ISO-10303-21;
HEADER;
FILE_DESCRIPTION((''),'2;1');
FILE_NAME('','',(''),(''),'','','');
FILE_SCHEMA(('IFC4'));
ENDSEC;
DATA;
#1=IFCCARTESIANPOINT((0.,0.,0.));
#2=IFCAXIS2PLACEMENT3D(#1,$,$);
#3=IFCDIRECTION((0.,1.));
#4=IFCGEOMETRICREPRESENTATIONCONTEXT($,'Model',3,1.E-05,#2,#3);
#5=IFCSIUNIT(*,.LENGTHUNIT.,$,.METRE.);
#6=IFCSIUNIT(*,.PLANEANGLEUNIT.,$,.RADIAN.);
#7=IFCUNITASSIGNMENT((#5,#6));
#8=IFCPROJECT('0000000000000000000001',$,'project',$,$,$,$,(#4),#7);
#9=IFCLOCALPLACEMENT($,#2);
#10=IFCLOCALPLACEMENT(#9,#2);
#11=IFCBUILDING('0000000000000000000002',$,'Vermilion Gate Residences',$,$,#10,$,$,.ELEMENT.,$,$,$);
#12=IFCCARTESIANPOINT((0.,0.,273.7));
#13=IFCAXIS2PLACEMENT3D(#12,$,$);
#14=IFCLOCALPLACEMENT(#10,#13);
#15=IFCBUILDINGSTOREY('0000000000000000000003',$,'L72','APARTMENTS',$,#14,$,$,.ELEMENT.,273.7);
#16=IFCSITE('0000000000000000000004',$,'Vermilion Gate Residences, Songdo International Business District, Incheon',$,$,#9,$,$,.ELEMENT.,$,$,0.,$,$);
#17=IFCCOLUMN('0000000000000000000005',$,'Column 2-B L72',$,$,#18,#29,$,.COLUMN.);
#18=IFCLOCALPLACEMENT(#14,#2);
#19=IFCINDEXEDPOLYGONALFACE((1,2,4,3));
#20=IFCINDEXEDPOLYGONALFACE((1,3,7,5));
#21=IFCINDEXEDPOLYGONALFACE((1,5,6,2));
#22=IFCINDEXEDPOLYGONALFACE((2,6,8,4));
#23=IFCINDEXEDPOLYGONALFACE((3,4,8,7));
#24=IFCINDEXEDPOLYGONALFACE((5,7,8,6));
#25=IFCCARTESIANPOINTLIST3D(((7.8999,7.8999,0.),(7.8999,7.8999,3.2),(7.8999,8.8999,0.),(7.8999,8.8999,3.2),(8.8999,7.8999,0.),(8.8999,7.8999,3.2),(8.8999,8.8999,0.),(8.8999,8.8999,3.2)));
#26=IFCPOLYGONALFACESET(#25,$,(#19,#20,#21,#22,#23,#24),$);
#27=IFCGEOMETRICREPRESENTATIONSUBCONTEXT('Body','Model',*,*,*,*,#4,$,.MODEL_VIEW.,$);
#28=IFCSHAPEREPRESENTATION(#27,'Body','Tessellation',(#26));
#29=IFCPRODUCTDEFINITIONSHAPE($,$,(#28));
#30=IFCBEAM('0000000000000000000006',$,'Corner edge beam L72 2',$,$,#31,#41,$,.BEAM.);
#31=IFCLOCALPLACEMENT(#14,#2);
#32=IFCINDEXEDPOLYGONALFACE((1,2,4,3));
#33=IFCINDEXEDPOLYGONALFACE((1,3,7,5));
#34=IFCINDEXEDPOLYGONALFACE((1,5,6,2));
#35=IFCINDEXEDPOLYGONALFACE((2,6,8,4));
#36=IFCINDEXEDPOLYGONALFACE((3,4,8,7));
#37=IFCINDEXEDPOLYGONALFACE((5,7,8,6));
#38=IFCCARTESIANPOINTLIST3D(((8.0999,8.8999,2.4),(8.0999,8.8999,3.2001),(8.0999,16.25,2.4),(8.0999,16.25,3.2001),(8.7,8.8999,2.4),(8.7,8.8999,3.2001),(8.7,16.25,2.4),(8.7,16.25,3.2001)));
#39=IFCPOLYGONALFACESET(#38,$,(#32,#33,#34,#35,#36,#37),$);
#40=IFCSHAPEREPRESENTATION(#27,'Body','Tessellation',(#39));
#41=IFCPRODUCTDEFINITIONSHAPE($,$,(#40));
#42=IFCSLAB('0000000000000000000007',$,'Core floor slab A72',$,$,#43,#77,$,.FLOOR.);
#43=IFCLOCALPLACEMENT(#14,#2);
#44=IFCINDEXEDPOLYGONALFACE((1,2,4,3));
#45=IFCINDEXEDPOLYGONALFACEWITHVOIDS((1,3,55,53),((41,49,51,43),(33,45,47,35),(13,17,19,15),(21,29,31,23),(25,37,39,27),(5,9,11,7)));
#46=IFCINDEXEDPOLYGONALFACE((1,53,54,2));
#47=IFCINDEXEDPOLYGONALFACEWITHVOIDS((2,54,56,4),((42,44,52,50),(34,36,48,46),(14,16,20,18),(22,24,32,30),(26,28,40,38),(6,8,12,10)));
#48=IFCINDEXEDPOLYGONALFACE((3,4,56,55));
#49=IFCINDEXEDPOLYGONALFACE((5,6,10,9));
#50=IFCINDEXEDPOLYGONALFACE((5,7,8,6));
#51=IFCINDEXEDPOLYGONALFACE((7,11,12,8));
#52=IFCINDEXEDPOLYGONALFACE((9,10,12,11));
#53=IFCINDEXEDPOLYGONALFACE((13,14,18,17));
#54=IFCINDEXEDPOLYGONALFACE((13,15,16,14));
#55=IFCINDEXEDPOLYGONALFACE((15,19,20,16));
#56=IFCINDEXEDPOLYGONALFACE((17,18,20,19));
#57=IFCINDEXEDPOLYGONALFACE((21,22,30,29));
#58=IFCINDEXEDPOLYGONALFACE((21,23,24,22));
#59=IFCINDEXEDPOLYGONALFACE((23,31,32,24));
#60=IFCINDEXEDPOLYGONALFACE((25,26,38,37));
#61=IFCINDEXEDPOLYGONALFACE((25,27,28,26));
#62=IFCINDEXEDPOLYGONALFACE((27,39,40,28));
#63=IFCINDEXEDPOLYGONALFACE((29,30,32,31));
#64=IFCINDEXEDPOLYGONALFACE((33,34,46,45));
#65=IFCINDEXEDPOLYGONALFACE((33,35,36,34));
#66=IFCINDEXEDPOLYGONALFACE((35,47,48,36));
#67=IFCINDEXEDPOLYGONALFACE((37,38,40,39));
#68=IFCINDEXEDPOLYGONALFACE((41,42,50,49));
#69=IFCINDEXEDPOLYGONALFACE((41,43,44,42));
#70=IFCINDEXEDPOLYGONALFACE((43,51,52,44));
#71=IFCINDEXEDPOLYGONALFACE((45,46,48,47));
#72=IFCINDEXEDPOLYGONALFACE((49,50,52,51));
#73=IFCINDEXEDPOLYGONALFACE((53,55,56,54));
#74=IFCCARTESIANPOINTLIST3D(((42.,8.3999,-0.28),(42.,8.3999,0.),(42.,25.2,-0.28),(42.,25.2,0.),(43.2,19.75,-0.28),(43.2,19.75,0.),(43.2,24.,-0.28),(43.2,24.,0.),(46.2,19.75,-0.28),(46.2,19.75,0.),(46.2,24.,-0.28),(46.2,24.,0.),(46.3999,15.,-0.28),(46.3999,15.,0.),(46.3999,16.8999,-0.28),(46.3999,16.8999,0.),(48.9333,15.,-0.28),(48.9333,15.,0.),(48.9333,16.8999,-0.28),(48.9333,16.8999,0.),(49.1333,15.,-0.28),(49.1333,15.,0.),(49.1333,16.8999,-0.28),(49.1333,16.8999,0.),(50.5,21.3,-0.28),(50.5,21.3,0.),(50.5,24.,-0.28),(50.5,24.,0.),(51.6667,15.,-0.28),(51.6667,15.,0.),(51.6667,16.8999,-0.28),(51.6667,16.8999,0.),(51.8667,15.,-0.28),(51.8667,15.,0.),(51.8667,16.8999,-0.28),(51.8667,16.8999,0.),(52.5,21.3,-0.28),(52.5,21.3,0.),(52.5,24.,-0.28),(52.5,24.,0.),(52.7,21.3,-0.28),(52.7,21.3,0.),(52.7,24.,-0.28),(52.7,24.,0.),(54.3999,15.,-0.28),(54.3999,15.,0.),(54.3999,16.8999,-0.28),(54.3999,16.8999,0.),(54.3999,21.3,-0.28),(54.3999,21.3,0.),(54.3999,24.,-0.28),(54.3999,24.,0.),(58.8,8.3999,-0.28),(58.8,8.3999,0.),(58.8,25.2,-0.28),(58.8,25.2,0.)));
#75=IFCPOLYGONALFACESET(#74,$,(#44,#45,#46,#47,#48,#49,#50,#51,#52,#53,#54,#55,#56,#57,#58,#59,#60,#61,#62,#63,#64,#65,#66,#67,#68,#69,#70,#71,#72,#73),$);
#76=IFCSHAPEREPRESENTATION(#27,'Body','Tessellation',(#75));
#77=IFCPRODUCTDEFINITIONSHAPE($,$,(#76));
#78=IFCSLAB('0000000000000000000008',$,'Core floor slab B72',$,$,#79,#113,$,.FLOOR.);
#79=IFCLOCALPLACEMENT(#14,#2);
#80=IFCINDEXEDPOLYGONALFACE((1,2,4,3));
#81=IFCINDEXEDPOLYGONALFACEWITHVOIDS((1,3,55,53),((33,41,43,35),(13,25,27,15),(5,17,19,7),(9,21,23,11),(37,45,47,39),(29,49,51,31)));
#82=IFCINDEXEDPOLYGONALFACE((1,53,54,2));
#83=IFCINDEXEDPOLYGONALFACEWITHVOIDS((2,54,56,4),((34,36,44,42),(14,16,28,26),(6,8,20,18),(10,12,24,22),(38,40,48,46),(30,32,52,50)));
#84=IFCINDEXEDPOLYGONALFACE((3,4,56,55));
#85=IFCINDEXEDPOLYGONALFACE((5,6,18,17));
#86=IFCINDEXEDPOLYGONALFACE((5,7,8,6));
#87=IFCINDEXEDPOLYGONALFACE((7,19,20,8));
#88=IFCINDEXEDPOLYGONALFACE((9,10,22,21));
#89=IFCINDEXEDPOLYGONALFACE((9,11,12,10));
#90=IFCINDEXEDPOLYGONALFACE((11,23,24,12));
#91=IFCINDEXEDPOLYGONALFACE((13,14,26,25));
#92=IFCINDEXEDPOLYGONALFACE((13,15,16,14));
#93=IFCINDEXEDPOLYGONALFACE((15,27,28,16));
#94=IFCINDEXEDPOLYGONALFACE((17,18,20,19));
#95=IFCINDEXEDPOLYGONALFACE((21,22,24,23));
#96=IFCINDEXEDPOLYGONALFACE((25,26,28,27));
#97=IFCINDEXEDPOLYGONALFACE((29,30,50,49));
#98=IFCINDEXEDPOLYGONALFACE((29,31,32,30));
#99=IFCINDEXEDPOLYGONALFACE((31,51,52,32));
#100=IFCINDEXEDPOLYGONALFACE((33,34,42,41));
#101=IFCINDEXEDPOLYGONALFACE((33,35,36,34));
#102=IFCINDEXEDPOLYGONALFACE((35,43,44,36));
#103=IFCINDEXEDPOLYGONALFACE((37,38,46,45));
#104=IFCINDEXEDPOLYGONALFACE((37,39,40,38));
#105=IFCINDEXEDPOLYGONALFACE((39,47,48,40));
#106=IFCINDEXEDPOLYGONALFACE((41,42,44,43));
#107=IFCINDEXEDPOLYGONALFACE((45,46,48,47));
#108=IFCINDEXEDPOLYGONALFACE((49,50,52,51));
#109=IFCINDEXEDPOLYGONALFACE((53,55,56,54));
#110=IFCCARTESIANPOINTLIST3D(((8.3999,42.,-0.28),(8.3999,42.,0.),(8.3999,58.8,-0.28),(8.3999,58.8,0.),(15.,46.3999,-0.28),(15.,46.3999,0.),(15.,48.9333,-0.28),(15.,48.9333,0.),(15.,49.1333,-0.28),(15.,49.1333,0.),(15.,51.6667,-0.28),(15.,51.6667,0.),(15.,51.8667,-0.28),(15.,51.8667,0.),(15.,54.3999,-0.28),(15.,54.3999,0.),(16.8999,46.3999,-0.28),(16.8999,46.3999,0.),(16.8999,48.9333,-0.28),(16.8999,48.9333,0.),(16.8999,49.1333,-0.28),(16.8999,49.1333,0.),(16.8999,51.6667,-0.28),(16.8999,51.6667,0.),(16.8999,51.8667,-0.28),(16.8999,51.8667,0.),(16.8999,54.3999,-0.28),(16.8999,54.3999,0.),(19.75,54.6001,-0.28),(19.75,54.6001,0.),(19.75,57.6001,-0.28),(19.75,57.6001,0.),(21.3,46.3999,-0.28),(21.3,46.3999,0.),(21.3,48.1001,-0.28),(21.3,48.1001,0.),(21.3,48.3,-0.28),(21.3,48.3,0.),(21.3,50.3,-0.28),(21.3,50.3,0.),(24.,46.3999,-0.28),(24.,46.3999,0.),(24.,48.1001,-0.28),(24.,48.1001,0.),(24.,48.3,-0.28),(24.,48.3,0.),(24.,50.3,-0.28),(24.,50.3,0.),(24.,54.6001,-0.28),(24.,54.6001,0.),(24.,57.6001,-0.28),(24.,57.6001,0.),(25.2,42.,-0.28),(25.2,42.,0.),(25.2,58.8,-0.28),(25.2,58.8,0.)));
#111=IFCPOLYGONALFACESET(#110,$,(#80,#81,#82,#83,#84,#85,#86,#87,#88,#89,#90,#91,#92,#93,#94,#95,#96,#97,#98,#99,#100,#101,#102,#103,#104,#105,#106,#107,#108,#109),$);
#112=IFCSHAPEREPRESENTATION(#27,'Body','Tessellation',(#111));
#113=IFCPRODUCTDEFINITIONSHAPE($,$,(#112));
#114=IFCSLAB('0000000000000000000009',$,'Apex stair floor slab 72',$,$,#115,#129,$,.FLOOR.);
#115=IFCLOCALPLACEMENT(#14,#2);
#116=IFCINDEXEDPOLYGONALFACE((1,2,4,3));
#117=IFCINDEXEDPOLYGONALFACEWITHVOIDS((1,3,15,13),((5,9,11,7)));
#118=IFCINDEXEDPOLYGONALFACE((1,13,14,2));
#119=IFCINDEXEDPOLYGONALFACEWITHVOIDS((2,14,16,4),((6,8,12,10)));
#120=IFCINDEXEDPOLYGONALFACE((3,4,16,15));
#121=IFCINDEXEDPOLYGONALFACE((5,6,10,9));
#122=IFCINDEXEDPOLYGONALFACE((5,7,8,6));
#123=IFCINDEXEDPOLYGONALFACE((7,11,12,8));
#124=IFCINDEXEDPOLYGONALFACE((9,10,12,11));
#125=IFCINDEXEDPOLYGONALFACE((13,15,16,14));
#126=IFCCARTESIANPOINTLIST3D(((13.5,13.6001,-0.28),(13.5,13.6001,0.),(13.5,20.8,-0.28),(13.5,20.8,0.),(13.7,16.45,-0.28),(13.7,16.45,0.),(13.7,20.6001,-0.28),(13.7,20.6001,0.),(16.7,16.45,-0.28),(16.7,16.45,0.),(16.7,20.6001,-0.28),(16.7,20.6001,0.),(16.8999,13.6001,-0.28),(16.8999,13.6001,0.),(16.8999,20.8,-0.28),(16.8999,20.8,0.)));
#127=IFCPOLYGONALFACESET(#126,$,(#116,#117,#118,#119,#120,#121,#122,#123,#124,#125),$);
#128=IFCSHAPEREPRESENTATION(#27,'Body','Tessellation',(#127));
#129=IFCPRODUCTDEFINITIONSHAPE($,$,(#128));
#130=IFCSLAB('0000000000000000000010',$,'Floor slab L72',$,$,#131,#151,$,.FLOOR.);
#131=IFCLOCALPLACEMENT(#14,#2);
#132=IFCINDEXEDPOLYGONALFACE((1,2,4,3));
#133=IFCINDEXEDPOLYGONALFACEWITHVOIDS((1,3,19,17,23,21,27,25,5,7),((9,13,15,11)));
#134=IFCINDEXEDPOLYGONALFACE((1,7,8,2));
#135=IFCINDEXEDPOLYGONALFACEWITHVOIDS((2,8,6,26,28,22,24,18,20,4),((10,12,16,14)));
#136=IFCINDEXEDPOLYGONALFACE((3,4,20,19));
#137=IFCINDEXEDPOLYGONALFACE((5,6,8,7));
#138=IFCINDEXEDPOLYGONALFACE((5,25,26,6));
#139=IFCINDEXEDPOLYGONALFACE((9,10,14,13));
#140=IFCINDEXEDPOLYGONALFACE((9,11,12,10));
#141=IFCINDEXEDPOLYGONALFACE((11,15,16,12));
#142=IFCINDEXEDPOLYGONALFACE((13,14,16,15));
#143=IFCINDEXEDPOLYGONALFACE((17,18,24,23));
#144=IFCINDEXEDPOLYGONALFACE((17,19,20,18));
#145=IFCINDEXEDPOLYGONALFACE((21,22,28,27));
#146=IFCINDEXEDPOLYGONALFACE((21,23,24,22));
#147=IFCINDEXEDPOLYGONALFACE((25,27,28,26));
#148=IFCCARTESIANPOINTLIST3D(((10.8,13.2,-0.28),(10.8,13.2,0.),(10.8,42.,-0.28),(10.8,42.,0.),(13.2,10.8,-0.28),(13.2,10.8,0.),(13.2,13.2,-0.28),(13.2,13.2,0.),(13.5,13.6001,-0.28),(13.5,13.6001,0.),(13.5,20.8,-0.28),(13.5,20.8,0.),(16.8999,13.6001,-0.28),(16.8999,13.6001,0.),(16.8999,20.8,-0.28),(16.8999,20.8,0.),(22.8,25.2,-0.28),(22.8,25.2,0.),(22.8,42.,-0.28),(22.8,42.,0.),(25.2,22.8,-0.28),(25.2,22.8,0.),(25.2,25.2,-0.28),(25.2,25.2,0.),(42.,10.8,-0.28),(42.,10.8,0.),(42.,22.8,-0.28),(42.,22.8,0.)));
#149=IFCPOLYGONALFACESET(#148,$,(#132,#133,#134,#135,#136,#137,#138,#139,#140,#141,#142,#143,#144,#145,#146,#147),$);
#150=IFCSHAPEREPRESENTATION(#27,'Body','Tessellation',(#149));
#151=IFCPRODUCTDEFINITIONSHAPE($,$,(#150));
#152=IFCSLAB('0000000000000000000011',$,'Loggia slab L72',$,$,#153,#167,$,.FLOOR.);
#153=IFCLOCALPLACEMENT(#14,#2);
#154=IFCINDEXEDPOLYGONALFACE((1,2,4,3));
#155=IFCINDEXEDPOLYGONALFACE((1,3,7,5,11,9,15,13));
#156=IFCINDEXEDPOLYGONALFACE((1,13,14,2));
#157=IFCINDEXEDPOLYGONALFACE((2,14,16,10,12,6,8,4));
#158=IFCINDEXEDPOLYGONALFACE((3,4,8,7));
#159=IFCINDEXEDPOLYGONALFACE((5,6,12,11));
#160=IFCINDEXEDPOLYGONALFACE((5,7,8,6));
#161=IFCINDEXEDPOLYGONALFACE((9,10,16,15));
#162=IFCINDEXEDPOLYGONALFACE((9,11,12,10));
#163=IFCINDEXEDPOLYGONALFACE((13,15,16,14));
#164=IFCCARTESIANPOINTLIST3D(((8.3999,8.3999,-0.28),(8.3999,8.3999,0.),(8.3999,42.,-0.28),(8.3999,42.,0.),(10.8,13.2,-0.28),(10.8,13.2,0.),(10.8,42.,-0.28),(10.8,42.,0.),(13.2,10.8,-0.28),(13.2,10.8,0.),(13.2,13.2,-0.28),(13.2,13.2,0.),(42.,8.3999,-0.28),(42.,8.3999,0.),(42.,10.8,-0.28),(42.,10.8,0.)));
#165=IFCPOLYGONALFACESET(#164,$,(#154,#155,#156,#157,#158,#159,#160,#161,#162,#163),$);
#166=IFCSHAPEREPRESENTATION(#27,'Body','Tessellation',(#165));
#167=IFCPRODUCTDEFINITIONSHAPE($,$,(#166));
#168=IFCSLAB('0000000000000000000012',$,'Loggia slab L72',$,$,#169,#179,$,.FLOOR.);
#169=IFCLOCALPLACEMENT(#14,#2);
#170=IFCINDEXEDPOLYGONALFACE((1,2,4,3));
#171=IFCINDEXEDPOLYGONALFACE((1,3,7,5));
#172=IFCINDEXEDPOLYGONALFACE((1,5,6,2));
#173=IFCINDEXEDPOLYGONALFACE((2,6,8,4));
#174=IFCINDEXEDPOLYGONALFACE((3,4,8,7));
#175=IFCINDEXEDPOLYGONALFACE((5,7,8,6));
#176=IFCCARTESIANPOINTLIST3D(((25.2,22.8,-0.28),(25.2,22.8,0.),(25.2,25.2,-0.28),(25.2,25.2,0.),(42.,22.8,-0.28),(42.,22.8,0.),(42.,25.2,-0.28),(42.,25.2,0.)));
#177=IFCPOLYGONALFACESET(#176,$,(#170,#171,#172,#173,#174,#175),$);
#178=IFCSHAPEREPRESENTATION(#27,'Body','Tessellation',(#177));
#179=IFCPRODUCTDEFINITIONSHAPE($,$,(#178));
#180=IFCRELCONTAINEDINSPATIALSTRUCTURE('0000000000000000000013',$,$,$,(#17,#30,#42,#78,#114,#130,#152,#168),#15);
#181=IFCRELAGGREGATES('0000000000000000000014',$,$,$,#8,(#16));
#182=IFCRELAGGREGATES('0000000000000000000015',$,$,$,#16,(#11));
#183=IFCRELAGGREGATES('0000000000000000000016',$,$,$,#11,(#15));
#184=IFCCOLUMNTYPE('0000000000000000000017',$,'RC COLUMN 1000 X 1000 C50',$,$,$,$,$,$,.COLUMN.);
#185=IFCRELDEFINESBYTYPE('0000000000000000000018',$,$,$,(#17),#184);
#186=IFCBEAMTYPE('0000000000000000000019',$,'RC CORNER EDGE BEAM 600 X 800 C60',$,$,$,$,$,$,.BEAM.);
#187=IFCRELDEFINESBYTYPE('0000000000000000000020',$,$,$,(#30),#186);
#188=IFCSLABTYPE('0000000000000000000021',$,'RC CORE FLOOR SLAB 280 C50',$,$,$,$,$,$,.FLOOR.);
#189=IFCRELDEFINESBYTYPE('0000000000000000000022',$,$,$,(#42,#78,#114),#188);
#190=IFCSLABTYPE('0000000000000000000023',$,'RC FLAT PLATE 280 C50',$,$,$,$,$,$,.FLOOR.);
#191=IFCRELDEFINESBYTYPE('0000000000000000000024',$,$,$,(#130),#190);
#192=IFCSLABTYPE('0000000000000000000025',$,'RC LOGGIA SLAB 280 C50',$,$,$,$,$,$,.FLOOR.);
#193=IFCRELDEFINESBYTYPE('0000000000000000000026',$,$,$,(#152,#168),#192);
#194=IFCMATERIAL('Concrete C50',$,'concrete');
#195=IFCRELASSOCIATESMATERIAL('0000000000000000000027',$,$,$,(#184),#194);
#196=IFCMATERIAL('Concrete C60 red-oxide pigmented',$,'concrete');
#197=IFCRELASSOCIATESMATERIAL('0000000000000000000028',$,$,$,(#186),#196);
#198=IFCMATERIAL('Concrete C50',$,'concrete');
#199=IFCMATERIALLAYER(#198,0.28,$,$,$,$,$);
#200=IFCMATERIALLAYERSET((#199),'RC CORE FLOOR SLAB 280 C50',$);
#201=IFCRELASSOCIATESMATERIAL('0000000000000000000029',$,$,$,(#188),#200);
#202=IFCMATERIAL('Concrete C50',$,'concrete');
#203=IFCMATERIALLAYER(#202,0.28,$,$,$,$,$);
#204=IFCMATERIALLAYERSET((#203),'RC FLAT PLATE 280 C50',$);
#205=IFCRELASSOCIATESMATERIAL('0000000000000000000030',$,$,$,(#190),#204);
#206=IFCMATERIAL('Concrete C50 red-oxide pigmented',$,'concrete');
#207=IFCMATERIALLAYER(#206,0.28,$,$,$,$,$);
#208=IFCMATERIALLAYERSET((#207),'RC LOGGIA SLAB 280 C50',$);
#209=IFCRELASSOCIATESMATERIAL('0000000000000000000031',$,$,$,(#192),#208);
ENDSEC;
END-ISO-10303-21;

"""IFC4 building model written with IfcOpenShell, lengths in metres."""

from ifc_helpers import new_model, si_unit, direction, frame, origin, origin_2d, place, context, subcontext, project, spatial, polyline, rectangle, outline, extrude, material, layer, layer_set, material_profile, profile_set, type_object, element, save


model = new_model("IFC4")

# Units and contexts
model_context = context("Model", 3, precision=1e-05, world=origin(), true_north=direction((0.0, 1.0)))
body_context = subcontext(model_context, "Body", "Model", "MODEL_VIEW")
ifc_project = project(units=[si_unit("LENGTHUNIT", "METRE"), si_unit("PLANEANGLEUNIT", "RADIAN")], contexts=[model_context])

# Site, building, storey
site_placement = place(None, origin())
site = spatial("IfcSite", under=ifc_project, at=site_placement, Name="Vermilion Gate Residences, Songdo International Business District, Incheon", CompositionType="ELEMENT", RefElevation=0.0)
building_placement = place(site_placement, origin())
building = spatial("IfcBuilding", under=site, at=building_placement, Name="Vermilion Gate Residences", CompositionType="ELEMENT")
storey_placement = place(building_placement, frame((0.0, 0.0, 273.7)))
storey = spatial("IfcBuildingStorey", under=building, at=storey_placement, Name="L72", Description="APARTMENTS", CompositionType="ELEMENT", Elevation=273.7)

# Column
ifc_material_1 = material(Name="Concrete C50", Category="concrete")
ifc_material_profile_1 = material_profile(ifc_material_1, rectangle(XDim=1.0, YDim=1.0, at=origin_2d()), Name="RC-1000x1000")
ifc_profile_set_1 = profile_set([ifc_material_profile_1], Name="Concrete C50")
column_type = type_object("IfcColumnType", Name="RC COLUMN 1000 X 1000 C50", PredefinedType="COLUMN", material=ifc_profile_set_1)
column_placement = place(storey_placement, frame((8.3999, 8.3999, 0.0), z_axis=(0.0, 0.0, 1.0), x_axis=(1.0, 0.0, 0.0)))
element("IfcColumn", 1, at=column_placement, inside=storey, type_object=column_type, Name="Column 2-B L72", PredefinedType="COLUMN", context=body_context, shape_type="SweptSolid", body=[
    extrude(rectangle(XDim=1.0, YDim=1.0, at=origin_2d()), origin(), (0.0, 0.0, 1.0), 3.2),
])

# Beam
ifc_material_2 = material(Name="Concrete C60 red-oxide pigmented", Category="concrete")
ifc_material_profile_2 = material_profile(ifc_material_2, rectangle(XDim=0.6001, YDim=0.8, at=origin_2d()), Name="RC-600x800")
ifc_profile_set_2 = profile_set([ifc_material_profile_2], Name="Concrete C60 red-oxide pigmented")
beam_type = type_object("IfcBeamType", Name="RC CORNER EDGE BEAM 600 X 800 C60", PredefinedType="BEAM", material=ifc_profile_set_2)
beam_placement = place(storey_placement, frame((8.3999, 8.8999, 2.8), z_axis=(0.0, 1.0, 0.0), x_axis=(-1.0, 0.0, 0.0)))
element("IfcBeam", 2, at=beam_placement, inside=storey, type_object=beam_type, Name="Corner edge beam L72 2", PredefinedType="BEAM", context=body_context, shape_type="SweptSolid", body=[
    extrude(rectangle(XDim=0.6001, YDim=0.8, at=origin_2d()), origin(), (0.0, 0.0, 1.0), 7.3501),
])

# Slabs
ifc_material_3 = material(Name="Concrete C50", Category="concrete")
ifc_layer_1 = layer(ifc_material_3, 0.28)
ifc_layer_set_1 = layer_set([ifc_layer_1], Name="RC CORE FLOOR SLAB 280 C50")
slab_type_1 = type_object("IfcSlabType", Name="RC CORE FLOOR SLAB 280 C50", PredefinedType="FLOOR", material=ifc_layer_set_1)
slab_1_placement = place(storey_placement, frame((0.0, 0.0, -0.28)))
element("IfcSlab", 3, at=slab_1_placement, inside=storey, type_object=slab_type_1, Name="Core floor slab A72", PredefinedType="FLOOR", context=body_context, shape_type="SweptSolid", body=[
    extrude(outline(polyline([(42.0, 8.3999), (58.8, 8.3999), (58.8, 25.2), (42.0, 25.2), (42.0, 8.3999)]), holes=[polyline([(46.3999, 15.0), (46.3999, 16.8999), (48.9333, 16.8999), (48.9333, 15.0), (46.3999, 15.0)]), polyline([(49.1333, 16.8999), (51.6667, 16.8999), (51.6667, 15.0), (49.1333, 15.0), (49.1333, 16.8999)]), polyline([(51.8667, 16.8999), (54.3999, 16.8999), (54.3999, 15.0), (51.8667, 15.0), (51.8667, 16.8999)]), polyline([(43.2, 19.75), (43.2, 24.0), (46.2, 24.0), (46.2, 19.75), (43.2, 19.75)]), polyline([(50.5, 24.0), (52.5, 24.0), (52.5, 21.3), (50.5, 21.3), (50.5, 24.0)]), polyline([(52.7, 24.0), (54.3999, 24.0), (54.3999, 21.3), (52.7, 21.3), (52.7, 24.0)])]), origin(), (0.0, 0.0, 1.0), 0.28),
])
slab_2_placement = place(storey_placement, frame((0.0, 0.0, -0.28)))
element("IfcSlab", 4, at=slab_2_placement, inside=storey, type_object=slab_type_1, Name="Core floor slab B72", PredefinedType="FLOOR", context=body_context, shape_type="SweptSolid", body=[
    extrude(outline(polyline([(8.3999, 42.0), (25.2, 42.0), (25.2, 58.8), (8.3999, 58.8), (8.3999, 42.0)]), holes=[polyline([(21.3, 46.3999), (21.3, 48.1001), (24.0, 48.1001), (24.0, 46.3999), (21.3, 46.3999)]), polyline([(15.0, 48.9333), (16.8999, 48.9333), (16.8999, 46.3999), (15.0, 46.3999), (15.0, 48.9333)]), polyline([(21.3, 50.3), (24.0, 50.3), (24.0, 48.3), (21.3, 48.3), (21.3, 50.3)]), polyline([(15.0, 49.1333), (15.0, 51.6667), (16.8999, 51.6667), (16.8999, 49.1333), (15.0, 49.1333)]), polyline([(15.0, 54.3999), (16.8999, 54.3999), (16.8999, 51.8667), (15.0, 51.8667), (15.0, 54.3999)]), polyline([(19.75, 57.6001), (24.0, 57.6001), (24.0, 54.6001), (19.75, 54.6001), (19.75, 57.6001)])]), origin(), (0.0, 0.0, 1.0), 0.28),
])
slab_3_placement = place(storey_placement, frame((0.0, 0.0, -0.28)))
element("IfcSlab", 5, at=slab_3_placement, inside=storey, type_object=slab_type_1, Name="Apex stair floor slab 72", PredefinedType="FLOOR", context=body_context, shape_type="SweptSolid", body=[
    extrude(outline(polyline([(13.5, 13.6001), (16.8999, 13.6001), (16.8999, 20.8), (13.5, 20.8), (13.5, 13.6001)]), holes=[polyline([(16.7, 20.6001), (16.7, 16.45), (13.7, 16.45), (13.7, 20.6001), (16.7, 20.6001)])]), origin(), (0.0, 0.0, 1.0), 0.28),
])
ifc_material_4 = material(Name="Concrete C50", Category="concrete")
ifc_layer_2 = layer(ifc_material_4, 0.28)
ifc_layer_set_2 = layer_set([ifc_layer_2], Name="RC FLAT PLATE 280 C50")
slab_type_2 = type_object("IfcSlabType", Name="RC FLAT PLATE 280 C50", PredefinedType="FLOOR", material=ifc_layer_set_2)
slab_4_placement = place(storey_placement, frame((0.0, 0.0, -0.28)))
element("IfcSlab", 6, at=slab_4_placement, inside=storey, type_object=slab_type_2, Name="Floor slab L72", PredefinedType="FLOOR", context=body_context, shape_type="SweptSolid", body=[
    extrude(outline(polyline([(22.8, 25.2), (22.8, 42.0), (10.8, 42.0), (10.8, 13.2), (13.2, 13.2), (13.2, 10.8), (42.0, 10.8), (42.0, 22.8), (25.2, 22.8), (25.2, 25.2), (22.8, 25.2)]), holes=[polyline([(13.5, 13.6001), (13.5, 20.8), (16.8999, 20.8), (16.8999, 13.6001), (13.5, 13.6001)])]), origin(), (0.0, 0.0, 1.0), 0.28),
])
ifc_material_5 = material(Name="Concrete C50 red-oxide pigmented", Category="concrete")
ifc_layer_3 = layer(ifc_material_5, 0.28)
ifc_layer_set_3 = layer_set([ifc_layer_3], Name="RC LOGGIA SLAB 280 C50")
slab_type_3 = type_object("IfcSlabType", Name="RC LOGGIA SLAB 280 C50", PredefinedType="FLOOR", material=ifc_layer_set_3)
slab_5_placement = place(storey_placement, frame((0.0, 0.0, -0.28)))
element("IfcSlab", 7, at=slab_5_placement, inside=storey, type_object=slab_type_3, Name="Loggia slab L72", PredefinedType="FLOOR", context=body_context, shape_type="SweptSolid", body=[
    extrude(outline(polyline([(8.3999, 8.3999), (42.0, 8.3999), (42.0, 10.8), (13.2, 10.8), (13.2, 13.2), (10.8, 13.2), (10.8, 42.0), (8.3999, 42.0), (8.3999, 8.3999)])), origin(), (0.0, 0.0, 1.0), 0.28),
])
slab_6_placement = place(storey_placement, frame((0.0, 0.0, -0.28)))
element("IfcSlab", 8, at=slab_6_placement, inside=storey, type_object=slab_type_3, Name="Loggia slab L72", PredefinedType="FLOOR", context=body_context, shape_type="SweptSolid", body=[
    extrude(outline(polyline([(25.2, 22.8), (42.0, 22.8), (42.0, 25.2), (25.2, 25.2), (25.2, 22.8)])), origin(), (0.0, 0.0, 1.0), 0.28),
])

save(model, "model.ifc")
